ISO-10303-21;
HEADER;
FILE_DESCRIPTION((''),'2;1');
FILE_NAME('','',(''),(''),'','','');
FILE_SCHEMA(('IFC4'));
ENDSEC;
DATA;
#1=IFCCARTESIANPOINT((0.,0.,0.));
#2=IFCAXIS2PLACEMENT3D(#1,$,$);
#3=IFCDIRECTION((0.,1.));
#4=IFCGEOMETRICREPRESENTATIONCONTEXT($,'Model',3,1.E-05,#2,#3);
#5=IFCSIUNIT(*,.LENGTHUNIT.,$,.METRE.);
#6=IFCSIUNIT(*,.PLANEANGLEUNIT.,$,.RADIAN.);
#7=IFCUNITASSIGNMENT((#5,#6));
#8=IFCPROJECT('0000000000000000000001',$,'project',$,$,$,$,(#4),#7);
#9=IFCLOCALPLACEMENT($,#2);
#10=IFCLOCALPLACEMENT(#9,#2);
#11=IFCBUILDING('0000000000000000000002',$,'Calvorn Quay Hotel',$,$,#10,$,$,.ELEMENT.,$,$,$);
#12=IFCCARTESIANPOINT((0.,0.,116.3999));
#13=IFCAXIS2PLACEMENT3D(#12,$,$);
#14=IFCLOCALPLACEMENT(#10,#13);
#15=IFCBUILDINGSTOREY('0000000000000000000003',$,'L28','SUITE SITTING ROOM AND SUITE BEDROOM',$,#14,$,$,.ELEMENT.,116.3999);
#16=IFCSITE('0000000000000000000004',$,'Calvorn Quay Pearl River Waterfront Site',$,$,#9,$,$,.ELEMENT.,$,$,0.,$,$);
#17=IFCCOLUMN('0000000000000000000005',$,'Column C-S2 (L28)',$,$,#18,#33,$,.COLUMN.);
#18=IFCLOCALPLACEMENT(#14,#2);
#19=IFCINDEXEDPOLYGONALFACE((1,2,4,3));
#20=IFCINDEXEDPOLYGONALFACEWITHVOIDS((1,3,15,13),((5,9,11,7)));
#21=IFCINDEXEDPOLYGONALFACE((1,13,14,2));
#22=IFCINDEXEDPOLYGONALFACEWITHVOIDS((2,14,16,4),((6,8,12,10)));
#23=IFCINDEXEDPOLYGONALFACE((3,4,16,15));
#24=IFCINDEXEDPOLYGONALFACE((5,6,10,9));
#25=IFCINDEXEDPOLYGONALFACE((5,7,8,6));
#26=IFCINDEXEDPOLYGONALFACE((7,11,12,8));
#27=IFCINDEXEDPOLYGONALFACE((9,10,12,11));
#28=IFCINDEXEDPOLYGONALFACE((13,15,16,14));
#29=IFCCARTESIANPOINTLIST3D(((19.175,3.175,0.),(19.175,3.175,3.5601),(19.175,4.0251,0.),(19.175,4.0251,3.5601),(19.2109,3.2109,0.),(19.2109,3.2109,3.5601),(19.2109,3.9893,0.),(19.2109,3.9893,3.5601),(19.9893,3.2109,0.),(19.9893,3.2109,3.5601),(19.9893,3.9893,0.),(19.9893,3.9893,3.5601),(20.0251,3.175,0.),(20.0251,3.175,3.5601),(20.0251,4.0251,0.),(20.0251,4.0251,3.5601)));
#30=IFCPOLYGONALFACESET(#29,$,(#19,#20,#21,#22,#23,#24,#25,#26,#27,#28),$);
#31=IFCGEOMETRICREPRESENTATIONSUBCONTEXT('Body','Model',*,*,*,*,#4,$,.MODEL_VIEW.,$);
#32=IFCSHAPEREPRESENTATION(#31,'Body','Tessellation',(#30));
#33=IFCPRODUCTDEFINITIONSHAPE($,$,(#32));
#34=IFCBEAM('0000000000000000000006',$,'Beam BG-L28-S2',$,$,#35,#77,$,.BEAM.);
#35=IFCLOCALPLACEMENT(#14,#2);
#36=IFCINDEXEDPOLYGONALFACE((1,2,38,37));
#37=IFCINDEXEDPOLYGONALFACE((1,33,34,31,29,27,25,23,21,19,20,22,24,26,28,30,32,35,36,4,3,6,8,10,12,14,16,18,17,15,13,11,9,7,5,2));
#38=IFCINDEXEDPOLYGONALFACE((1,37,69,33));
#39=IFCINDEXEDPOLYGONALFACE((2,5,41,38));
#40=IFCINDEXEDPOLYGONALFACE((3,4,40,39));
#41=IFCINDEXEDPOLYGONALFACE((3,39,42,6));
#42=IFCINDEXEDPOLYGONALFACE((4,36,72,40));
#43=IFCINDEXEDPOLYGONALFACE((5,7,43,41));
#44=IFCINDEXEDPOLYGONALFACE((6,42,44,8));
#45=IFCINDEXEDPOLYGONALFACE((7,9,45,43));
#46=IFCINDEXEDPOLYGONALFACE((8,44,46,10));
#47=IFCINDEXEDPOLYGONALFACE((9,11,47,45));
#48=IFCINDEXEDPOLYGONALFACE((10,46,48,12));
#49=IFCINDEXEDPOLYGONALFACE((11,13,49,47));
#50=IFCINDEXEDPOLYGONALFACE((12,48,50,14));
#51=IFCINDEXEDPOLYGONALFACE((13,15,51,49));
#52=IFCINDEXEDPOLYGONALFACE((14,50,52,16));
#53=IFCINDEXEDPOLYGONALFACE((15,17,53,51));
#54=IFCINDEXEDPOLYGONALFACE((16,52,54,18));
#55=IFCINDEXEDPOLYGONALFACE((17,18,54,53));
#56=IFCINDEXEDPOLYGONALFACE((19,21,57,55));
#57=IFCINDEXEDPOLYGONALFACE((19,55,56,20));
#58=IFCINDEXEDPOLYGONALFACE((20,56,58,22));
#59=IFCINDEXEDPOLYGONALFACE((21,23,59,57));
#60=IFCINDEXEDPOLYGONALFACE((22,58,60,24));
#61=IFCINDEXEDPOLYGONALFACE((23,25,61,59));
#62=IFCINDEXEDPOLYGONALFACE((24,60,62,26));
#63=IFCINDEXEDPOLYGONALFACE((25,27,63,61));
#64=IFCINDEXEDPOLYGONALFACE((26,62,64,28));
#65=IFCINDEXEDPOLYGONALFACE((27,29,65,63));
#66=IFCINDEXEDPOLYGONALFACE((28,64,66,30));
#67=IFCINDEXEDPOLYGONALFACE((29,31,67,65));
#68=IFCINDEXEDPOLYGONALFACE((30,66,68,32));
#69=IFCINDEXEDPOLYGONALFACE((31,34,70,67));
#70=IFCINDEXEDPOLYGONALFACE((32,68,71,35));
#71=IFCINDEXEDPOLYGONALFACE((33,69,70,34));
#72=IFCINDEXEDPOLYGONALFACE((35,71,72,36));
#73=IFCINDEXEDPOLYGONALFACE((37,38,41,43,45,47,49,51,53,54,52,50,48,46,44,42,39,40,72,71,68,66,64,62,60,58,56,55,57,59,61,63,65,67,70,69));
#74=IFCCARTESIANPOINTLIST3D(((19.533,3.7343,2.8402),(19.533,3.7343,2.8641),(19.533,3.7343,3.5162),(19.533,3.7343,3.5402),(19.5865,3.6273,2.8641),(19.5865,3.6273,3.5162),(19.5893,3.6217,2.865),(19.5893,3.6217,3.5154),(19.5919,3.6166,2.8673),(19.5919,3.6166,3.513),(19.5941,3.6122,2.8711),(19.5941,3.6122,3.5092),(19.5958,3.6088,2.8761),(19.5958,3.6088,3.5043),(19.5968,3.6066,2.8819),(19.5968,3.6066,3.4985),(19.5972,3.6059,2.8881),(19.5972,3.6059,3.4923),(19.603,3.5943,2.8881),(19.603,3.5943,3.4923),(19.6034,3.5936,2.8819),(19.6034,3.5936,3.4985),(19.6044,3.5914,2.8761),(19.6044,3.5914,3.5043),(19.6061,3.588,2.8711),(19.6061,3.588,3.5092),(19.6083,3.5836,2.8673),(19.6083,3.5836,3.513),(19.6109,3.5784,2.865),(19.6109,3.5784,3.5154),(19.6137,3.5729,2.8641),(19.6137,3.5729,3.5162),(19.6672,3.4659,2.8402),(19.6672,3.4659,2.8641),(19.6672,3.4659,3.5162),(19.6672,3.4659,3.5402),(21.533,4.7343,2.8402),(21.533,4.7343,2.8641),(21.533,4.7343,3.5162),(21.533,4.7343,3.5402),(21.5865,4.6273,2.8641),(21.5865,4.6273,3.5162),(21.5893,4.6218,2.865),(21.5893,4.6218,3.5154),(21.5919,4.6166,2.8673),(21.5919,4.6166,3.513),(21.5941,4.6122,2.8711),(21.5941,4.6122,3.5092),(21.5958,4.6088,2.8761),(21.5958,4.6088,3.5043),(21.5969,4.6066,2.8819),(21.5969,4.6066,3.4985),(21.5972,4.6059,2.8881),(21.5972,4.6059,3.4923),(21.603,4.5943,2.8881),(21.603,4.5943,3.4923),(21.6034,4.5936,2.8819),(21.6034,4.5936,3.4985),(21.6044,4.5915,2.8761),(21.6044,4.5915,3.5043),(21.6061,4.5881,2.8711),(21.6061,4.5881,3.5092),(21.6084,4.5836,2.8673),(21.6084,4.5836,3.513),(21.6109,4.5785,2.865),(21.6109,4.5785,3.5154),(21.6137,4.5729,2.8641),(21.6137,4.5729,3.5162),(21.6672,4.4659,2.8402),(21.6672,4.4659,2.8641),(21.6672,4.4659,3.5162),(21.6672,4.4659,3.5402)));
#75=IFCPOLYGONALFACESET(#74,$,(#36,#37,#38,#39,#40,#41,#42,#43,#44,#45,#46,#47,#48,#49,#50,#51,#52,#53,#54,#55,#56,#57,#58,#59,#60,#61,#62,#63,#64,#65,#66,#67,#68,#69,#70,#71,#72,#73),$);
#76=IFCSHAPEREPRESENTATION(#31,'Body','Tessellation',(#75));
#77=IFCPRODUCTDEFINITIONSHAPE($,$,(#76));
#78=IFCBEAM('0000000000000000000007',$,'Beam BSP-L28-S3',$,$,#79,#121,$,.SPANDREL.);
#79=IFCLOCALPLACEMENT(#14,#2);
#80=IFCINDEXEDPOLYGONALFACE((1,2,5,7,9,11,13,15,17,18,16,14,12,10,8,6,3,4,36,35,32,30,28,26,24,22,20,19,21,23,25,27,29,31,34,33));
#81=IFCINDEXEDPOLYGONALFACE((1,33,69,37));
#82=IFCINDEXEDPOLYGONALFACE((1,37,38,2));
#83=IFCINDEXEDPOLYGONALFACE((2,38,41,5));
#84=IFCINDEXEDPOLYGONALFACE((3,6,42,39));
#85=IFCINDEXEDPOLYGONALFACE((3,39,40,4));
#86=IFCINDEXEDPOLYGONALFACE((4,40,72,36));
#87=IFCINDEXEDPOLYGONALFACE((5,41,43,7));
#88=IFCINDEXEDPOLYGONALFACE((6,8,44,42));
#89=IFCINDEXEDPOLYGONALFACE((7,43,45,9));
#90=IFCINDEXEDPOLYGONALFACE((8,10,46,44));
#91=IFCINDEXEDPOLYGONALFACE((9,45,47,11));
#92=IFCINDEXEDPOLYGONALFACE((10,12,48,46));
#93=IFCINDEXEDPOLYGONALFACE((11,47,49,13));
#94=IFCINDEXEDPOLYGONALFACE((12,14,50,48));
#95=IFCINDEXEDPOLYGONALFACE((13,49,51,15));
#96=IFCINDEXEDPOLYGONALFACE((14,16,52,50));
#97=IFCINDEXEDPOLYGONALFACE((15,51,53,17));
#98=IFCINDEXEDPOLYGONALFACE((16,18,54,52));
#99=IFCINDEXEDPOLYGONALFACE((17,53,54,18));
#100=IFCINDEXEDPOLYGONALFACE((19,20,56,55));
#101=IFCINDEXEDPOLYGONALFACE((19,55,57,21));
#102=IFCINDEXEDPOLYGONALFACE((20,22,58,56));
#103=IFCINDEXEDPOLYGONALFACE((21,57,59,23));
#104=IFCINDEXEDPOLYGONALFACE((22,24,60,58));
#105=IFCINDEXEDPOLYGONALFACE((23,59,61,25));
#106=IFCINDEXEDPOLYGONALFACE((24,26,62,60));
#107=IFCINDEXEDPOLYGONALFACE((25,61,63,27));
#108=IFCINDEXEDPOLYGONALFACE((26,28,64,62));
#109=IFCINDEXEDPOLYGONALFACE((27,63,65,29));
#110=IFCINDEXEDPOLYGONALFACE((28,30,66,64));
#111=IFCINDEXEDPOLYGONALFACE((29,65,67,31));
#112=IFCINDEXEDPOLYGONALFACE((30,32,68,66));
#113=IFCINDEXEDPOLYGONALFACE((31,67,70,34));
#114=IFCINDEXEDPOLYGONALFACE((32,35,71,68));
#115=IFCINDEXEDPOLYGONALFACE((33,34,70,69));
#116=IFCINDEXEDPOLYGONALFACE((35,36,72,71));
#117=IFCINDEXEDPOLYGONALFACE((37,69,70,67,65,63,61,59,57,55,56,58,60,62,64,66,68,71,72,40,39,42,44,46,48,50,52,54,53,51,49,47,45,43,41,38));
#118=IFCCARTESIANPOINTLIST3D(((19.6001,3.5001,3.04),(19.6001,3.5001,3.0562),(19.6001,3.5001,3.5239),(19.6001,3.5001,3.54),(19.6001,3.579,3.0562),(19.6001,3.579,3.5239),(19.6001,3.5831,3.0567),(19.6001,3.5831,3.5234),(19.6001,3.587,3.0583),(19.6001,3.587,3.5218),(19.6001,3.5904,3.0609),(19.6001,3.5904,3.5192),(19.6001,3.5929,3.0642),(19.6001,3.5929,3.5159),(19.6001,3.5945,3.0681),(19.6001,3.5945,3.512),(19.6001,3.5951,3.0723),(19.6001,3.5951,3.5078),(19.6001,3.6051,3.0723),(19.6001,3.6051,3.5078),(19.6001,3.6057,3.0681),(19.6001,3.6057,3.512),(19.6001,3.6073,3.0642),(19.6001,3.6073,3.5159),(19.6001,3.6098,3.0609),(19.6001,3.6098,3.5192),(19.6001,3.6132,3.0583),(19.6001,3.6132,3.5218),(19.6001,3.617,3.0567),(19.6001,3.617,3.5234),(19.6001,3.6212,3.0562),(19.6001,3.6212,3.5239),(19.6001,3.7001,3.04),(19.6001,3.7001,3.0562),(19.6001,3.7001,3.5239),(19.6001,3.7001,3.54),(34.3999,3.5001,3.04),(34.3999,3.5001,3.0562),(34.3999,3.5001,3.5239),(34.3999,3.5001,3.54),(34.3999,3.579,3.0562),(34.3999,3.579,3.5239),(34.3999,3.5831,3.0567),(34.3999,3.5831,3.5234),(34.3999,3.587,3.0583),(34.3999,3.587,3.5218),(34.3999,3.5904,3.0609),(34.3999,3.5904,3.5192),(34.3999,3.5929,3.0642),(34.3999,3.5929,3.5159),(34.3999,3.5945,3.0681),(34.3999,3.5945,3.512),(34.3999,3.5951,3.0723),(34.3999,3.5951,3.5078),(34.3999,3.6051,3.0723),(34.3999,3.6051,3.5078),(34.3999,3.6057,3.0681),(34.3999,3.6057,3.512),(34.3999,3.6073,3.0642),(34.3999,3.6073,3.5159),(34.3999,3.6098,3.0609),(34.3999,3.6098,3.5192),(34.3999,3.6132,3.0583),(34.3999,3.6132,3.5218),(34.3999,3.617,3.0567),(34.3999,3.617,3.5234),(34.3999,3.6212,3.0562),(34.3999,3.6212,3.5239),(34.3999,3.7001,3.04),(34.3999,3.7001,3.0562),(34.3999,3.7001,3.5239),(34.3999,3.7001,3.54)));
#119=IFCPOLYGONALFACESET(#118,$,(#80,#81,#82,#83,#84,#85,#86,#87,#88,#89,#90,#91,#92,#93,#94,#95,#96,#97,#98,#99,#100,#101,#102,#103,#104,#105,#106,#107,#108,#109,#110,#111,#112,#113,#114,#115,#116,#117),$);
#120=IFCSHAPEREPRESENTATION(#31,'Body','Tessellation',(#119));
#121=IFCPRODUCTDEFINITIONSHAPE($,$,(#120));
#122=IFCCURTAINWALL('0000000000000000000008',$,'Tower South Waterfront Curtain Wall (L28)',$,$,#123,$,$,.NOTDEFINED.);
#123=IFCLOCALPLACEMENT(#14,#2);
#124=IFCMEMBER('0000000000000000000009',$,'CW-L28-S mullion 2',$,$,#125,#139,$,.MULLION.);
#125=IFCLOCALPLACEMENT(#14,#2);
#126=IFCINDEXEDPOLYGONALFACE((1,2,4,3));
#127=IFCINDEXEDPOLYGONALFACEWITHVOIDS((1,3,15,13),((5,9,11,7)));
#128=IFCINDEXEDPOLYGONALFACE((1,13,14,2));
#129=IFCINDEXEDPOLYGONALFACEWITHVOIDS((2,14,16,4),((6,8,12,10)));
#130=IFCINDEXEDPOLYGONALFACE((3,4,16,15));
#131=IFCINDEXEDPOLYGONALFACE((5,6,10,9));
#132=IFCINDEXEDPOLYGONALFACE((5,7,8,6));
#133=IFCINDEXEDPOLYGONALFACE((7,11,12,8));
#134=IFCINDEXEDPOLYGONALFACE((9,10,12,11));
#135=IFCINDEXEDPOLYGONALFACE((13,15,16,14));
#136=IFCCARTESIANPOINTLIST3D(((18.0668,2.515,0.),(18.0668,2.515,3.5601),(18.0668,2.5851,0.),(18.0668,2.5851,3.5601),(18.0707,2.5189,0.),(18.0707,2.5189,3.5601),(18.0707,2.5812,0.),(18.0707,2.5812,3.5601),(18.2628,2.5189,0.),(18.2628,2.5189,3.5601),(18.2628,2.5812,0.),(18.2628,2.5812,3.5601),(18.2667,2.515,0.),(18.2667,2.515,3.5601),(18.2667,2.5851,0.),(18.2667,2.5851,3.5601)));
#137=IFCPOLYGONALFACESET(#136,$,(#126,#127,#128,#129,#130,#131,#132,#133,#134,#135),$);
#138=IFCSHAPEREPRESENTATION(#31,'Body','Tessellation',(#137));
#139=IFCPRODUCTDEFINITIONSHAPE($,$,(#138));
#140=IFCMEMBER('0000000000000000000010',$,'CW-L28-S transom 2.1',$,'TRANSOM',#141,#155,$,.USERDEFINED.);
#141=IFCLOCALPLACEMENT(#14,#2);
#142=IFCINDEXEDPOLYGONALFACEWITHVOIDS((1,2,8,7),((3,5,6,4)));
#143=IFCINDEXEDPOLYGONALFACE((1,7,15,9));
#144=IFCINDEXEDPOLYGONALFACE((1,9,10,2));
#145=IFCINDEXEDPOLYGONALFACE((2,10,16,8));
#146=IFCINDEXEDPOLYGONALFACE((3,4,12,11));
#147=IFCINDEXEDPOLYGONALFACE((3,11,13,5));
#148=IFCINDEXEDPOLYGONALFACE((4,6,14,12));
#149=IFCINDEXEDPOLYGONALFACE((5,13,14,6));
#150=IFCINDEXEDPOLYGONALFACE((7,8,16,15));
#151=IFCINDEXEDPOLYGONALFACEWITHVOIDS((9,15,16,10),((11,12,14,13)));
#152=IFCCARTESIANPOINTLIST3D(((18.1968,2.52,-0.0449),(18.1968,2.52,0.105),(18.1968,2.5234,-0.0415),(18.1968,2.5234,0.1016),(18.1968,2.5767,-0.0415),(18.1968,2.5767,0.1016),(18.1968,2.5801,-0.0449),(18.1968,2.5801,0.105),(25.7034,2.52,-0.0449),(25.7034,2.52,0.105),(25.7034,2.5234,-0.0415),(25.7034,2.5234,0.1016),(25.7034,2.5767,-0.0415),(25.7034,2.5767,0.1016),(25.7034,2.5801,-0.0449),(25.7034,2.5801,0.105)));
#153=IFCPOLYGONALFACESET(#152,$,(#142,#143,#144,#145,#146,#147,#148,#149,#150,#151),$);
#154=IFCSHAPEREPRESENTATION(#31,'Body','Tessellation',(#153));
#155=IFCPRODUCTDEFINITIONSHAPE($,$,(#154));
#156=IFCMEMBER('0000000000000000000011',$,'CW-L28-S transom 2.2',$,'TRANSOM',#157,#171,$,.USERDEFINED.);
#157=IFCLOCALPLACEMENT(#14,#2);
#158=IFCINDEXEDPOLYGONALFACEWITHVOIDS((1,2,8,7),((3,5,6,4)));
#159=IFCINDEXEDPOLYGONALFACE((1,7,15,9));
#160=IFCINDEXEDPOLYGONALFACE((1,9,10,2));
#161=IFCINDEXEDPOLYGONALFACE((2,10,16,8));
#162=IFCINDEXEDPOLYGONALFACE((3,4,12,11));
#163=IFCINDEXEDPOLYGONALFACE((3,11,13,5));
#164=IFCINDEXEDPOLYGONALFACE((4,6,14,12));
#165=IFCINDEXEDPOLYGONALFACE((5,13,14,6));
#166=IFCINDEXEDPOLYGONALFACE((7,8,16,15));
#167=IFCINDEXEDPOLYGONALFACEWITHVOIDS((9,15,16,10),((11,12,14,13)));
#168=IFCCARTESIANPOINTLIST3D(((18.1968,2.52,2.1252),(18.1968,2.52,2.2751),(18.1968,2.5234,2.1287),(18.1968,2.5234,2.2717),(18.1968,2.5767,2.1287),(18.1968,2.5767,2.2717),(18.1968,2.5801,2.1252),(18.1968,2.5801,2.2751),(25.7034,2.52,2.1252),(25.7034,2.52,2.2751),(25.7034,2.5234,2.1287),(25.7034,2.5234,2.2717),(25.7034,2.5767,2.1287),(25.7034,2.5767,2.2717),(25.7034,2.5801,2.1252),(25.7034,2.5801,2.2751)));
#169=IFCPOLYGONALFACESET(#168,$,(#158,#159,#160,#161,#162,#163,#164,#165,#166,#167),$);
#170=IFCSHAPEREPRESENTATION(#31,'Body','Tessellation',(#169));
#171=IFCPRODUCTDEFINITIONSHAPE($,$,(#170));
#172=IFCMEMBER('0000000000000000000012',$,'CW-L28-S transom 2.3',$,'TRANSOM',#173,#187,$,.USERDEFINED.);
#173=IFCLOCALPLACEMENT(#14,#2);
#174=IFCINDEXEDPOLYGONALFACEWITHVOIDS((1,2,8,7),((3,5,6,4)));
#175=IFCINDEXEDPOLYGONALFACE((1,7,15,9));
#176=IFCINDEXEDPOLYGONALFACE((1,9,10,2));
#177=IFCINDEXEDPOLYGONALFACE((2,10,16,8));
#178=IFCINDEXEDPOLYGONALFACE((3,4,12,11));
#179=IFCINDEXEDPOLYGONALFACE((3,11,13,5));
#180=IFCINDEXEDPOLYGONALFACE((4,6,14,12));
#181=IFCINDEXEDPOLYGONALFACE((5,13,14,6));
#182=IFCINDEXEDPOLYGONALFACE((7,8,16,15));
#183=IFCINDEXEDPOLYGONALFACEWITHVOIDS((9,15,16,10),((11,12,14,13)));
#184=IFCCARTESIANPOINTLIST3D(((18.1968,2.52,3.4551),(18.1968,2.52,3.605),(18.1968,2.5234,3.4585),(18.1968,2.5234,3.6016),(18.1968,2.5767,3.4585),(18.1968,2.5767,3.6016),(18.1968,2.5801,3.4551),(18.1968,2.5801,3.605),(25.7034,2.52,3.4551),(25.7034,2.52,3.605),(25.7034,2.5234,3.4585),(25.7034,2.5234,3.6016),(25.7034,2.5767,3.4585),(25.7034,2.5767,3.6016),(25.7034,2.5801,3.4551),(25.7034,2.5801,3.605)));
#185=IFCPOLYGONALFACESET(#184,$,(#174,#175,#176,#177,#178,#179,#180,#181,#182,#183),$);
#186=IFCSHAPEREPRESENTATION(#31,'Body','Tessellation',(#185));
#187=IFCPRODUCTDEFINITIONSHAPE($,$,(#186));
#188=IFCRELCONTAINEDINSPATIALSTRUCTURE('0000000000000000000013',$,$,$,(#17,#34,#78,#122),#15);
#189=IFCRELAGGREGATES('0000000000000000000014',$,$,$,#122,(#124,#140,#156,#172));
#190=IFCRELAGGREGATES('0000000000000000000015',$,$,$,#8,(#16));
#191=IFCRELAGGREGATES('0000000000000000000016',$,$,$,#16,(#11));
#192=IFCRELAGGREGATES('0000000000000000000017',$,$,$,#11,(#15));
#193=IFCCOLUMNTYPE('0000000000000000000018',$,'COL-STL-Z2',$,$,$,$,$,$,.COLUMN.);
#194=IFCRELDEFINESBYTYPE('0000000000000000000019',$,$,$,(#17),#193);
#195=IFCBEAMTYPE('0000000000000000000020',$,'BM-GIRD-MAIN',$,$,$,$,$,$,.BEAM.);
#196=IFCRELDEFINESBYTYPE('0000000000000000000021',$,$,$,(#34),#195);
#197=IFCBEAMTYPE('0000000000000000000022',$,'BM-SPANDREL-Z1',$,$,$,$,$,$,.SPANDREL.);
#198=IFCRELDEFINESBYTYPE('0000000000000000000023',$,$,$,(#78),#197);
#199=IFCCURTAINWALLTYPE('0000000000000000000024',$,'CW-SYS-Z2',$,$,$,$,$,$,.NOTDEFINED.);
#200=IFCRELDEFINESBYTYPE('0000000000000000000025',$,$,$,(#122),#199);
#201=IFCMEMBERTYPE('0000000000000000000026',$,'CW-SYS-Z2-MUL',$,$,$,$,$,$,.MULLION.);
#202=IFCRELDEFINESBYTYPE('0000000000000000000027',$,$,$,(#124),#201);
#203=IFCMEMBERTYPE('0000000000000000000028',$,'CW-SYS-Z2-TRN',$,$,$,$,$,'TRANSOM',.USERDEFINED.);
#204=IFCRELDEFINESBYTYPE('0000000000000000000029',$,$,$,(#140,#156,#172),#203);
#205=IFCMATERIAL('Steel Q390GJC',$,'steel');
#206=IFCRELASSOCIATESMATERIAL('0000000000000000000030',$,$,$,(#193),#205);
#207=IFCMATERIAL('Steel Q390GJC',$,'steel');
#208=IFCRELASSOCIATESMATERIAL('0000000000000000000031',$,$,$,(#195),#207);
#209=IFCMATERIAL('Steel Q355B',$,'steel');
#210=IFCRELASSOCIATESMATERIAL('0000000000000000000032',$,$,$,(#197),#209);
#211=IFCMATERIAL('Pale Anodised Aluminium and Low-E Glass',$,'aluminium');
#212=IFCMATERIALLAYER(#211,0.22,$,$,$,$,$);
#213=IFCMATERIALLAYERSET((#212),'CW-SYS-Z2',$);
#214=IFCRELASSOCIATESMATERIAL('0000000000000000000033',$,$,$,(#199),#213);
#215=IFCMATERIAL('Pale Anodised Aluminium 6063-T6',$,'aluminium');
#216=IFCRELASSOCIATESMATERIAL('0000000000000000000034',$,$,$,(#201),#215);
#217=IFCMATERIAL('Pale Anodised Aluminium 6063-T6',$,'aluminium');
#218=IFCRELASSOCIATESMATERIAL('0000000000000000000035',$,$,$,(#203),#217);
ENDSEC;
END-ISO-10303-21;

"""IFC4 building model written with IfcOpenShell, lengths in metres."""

from ifc_helpers import new_model, si_unit, direction, frame, origin, origin_2d, place, context, subcontext, project, spatial, hollow_rectangle, i_section, extrude, material, layer, layer_set, material_profile, profile_set, type_object, element, aggregate, save


model = new_model("IFC4")

# Units and contexts
model_context = context("Model", 3, precision=1e-05, world=origin(), true_north=direction((0.0, 1.0)))
body_context = subcontext(model_context, "Body", "Model", "MODEL_VIEW")
ifc_project = project(units=[si_unit("LENGTHUNIT", "METRE"), si_unit("PLANEANGLEUNIT", "RADIAN")], contexts=[model_context])

# Site, building, storey
site_placement = place(None, origin())
site = spatial("IfcSite", under=ifc_project, at=site_placement, Name="Calvorn Quay Pearl River Waterfront Site", CompositionType="ELEMENT", RefElevation=0.0)
building_placement = place(site_placement, origin())
building = spatial("IfcBuilding", under=site, at=building_placement, Name="Calvorn Quay Hotel", CompositionType="ELEMENT")
storey_placement = place(building_placement, frame((0.0, 0.0, 116.3999)))
storey = spatial("IfcBuildingStorey", under=building, at=storey_placement, Name="L28", Description="SUITE SITTING ROOM AND SUITE BEDROOM", CompositionType="ELEMENT", Elevation=116.3999)

# Column
ifc_material_1 = material(Name="Steel Q390GJC", Category="steel")
ifc_material_profile_1 = material_profile(ifc_material_1, hollow_rectangle(XDim=0.8501, YDim=0.8501, WallThickness=0.0359, at=origin_2d()), Name="BOX850x850x36")
ifc_profile_set_1 = profile_set([ifc_material_profile_1], Name="Steel Q390GJC")
column_type = type_object("IfcColumnType", Name="COL-STL-Z2", PredefinedType="COLUMN", material=ifc_profile_set_1)
column_placement = place(storey_placement, frame((19.6001, 3.6001, 0.0), z_axis=(0.0, 0.0, 1.0), x_axis=(1.0, 0.0, 0.0)))
element("IfcColumn", 1, at=column_placement, inside=storey, type_object=column_type, Name="Column C-S2 (L28)", PredefinedType="COLUMN", context=body_context, shape_type="SweptSolid", body=[
    extrude(hollow_rectangle(XDim=0.8501, YDim=0.8501, WallThickness=0.0359, at=origin_2d()), origin(), (0.0, 0.0, 1.0), 3.5601),
])

# Beams
ifc_material_2 = material(Name="Steel Q390GJC", Category="steel")
ifc_material_profile_2 = material_profile(ifc_material_2, i_section(OverallWidth=0.3, OverallDepth=0.7, WebThickness=0.0129, FlangeThickness=0.0239, FilletRadius=0.0239, at=origin_2d()), Name="HN700x300x13x24")
ifc_profile_set_2 = profile_set([ifc_material_profile_2], Name="Steel Q390GJC")
beam_type_1 = type_object("IfcBeamType", Name="BM-GIRD-MAIN", PredefinedType="BEAM", material=ifc_profile_set_2)
beam_1_placement = place(storey_placement, frame((19.6001, 3.6001, 3.1902), z_axis=(0.894427, 0.447214, 0.0), x_axis=(-0.447214, 0.894427, 0.0)))
element("IfcBeam", 2, at=beam_1_placement, inside=storey, type_object=beam_type_1, Name="Beam BG-L28-S2", PredefinedType="BEAM", context=body_context, shape_type="SweptSolid", body=[
    extrude(i_section(OverallWidth=0.3, OverallDepth=0.7, WebThickness=0.0129, FlangeThickness=0.0239, FilletRadius=0.0239, at=origin_2d()), origin(), (0.0, 0.0, 1.0), 2.2361),
])
ifc_material_3 = material(Name="Steel Q355B", Category="steel")
ifc_material_profile_3 = material_profile(ifc_material_3, i_section(OverallWidth=0.2, OverallDepth=0.5, WebThickness=0.01, FlangeThickness=0.0161, FilletRadius=0.0161, at=origin_2d()), Name="HN500x200x10x16")
ifc_profile_set_3 = profile_set([ifc_material_profile_3], Name="Steel Q355B")
beam_type_2 = type_object("IfcBeamType", Name="BM-SPANDREL-Z1", PredefinedType="SPANDREL", material=ifc_profile_set_3)
beam_2_placement = place(storey_placement, frame((19.6001, 3.6001, 3.29), z_axis=(1.0, 0.0, 0.0), x_axis=(0.0, 1.0, 0.0)))
element("IfcBeam", 3, at=beam_2_placement, inside=storey, type_object=beam_type_2, Name="Beam BSP-L28-S3", PredefinedType="SPANDREL", context=body_context, shape_type="SweptSolid", body=[
    extrude(i_section(OverallWidth=0.2, OverallDepth=0.5, WebThickness=0.01, FlangeThickness=0.0161, FilletRadius=0.0161, at=origin_2d()), origin(), (0.0, 0.0, 1.0), 14.7998),
])

# Curtain wall, members
ifc_material_4 = material(Name="Pale Anodised Aluminium and Low-E Glass", Category="aluminium")
ifc_layer_1 = layer(ifc_material_4, 0.22)
ifc_layer_set_1 = layer_set([ifc_layer_1], Name="CW-SYS-Z2")
curtain_wall_type = type_object("IfcCurtainWallType", Name="CW-SYS-Z2", PredefinedType="NOTDEFINED", material=ifc_layer_set_1)
curtain_wall_placement = place(storey_placement, origin())
curtain_wall = element("IfcCurtainWall", 4, at=curtain_wall_placement, inside=storey, type_object=curtain_wall_type, Name="Tower South Waterfront Curtain Wall (L28)", PredefinedType="NOTDEFINED")
ifc_material_5 = material(Name="Pale Anodised Aluminium 6063-T6", Category="aluminium")
ifc_material_profile_4 = material_profile(ifc_material_5, hollow_rectangle(XDim=0.0701, YDim=0.2, WallThickness=0.0039, at=origin_2d()), Name="ALU-M200x70x4")
ifc_profile_set_4 = profile_set([ifc_material_profile_4], Name="Pale Anodised Aluminium 6063-T6")
member_type_1 = type_object("IfcMemberType", Name="CW-SYS-Z2-MUL", PredefinedType="MULLION", material=ifc_profile_set_4)
member_1_placement = place(storey_placement, frame((18.1667, 2.55, 0.0), z_axis=(0.0, 0.0, 1.0), x_axis=(0.0, 1.0, 0.0)))
member_1 = element("IfcMember", 5, at=member_1_placement, type_object=member_type_1, Name="CW-L28-S mullion 2", PredefinedType="MULLION", context=body_context, shape_type="SweptSolid", body=[
    extrude(hollow_rectangle(XDim=0.0701, YDim=0.2, WallThickness=0.0039, at=origin_2d()), origin(), (0.0, 0.0, 1.0), 3.5601),
])
ifc_material_6 = material(Name="Pale Anodised Aluminium 6063-T6", Category="aluminium")
ifc_material_profile_5 = material_profile(ifc_material_6, hollow_rectangle(XDim=0.0601, YDim=0.1499, WallThickness=0.0034, at=origin_2d()), Name="ALU-T150x60x3.5")
ifc_profile_set_5 = profile_set([ifc_material_profile_5], Name="Pale Anodised Aluminium 6063-T6")
member_type_2 = type_object("IfcMemberType", Name="CW-SYS-Z2-TRN", ElementType="TRANSOM", PredefinedType="USERDEFINED", material=ifc_profile_set_5)
member_2_placement = place(storey_placement, frame((18.1968, 2.55, 0.03), z_axis=(1.0, 0.0, 0.0), x_axis=(0.0, 1.0, 0.0)))
member_2 = element("IfcMember", 6, at=member_2_placement, type_object=member_type_2, Name="CW-L28-S transom 2.1", ObjectType="TRANSOM", PredefinedType="USERDEFINED", context=body_context, shape_type="SweptSolid", body=[
    extrude(hollow_rectangle(XDim=0.0601, YDim=0.1499, WallThickness=0.0034, at=origin_2d()), origin(), (0.0, 0.0, 1.0), 7.5066),
])
member_3_placement = place(storey_placement, frame((18.1968, 2.55, 2.2002), z_axis=(1.0, 0.0, 0.0), x_axis=(0.0, 1.0, 0.0)))
member_3 = element("IfcMember", 7, at=member_3_placement, type_object=member_type_2, Name="CW-L28-S transom 2.2", ObjectType="TRANSOM", PredefinedType="USERDEFINED", context=body_context, shape_type="SweptSolid", body=[
    extrude(hollow_rectangle(XDim=0.0601, YDim=0.1499, WallThickness=0.0034, at=origin_2d()), origin(), (0.0, 0.0, 1.0), 7.5066),
])
member_4_placement = place(storey_placement, frame((18.1968, 2.55, 3.53), z_axis=(1.0, 0.0, 0.0), x_axis=(0.0, 1.0, 0.0)))
member_4 = element("IfcMember", 8, at=member_4_placement, type_object=member_type_2, Name="CW-L28-S transom 2.3", ObjectType="TRANSOM", PredefinedType="USERDEFINED", context=body_context, shape_type="SweptSolid", body=[
    extrude(hollow_rectangle(XDim=0.0601, YDim=0.1499, WallThickness=0.0034, at=origin_2d()), origin(), (0.0, 0.0, 1.0), 7.5066),
])
aggregate(curtain_wall, [member_1, member_2, member_3, member_4])

save(model, "model.ifc")
